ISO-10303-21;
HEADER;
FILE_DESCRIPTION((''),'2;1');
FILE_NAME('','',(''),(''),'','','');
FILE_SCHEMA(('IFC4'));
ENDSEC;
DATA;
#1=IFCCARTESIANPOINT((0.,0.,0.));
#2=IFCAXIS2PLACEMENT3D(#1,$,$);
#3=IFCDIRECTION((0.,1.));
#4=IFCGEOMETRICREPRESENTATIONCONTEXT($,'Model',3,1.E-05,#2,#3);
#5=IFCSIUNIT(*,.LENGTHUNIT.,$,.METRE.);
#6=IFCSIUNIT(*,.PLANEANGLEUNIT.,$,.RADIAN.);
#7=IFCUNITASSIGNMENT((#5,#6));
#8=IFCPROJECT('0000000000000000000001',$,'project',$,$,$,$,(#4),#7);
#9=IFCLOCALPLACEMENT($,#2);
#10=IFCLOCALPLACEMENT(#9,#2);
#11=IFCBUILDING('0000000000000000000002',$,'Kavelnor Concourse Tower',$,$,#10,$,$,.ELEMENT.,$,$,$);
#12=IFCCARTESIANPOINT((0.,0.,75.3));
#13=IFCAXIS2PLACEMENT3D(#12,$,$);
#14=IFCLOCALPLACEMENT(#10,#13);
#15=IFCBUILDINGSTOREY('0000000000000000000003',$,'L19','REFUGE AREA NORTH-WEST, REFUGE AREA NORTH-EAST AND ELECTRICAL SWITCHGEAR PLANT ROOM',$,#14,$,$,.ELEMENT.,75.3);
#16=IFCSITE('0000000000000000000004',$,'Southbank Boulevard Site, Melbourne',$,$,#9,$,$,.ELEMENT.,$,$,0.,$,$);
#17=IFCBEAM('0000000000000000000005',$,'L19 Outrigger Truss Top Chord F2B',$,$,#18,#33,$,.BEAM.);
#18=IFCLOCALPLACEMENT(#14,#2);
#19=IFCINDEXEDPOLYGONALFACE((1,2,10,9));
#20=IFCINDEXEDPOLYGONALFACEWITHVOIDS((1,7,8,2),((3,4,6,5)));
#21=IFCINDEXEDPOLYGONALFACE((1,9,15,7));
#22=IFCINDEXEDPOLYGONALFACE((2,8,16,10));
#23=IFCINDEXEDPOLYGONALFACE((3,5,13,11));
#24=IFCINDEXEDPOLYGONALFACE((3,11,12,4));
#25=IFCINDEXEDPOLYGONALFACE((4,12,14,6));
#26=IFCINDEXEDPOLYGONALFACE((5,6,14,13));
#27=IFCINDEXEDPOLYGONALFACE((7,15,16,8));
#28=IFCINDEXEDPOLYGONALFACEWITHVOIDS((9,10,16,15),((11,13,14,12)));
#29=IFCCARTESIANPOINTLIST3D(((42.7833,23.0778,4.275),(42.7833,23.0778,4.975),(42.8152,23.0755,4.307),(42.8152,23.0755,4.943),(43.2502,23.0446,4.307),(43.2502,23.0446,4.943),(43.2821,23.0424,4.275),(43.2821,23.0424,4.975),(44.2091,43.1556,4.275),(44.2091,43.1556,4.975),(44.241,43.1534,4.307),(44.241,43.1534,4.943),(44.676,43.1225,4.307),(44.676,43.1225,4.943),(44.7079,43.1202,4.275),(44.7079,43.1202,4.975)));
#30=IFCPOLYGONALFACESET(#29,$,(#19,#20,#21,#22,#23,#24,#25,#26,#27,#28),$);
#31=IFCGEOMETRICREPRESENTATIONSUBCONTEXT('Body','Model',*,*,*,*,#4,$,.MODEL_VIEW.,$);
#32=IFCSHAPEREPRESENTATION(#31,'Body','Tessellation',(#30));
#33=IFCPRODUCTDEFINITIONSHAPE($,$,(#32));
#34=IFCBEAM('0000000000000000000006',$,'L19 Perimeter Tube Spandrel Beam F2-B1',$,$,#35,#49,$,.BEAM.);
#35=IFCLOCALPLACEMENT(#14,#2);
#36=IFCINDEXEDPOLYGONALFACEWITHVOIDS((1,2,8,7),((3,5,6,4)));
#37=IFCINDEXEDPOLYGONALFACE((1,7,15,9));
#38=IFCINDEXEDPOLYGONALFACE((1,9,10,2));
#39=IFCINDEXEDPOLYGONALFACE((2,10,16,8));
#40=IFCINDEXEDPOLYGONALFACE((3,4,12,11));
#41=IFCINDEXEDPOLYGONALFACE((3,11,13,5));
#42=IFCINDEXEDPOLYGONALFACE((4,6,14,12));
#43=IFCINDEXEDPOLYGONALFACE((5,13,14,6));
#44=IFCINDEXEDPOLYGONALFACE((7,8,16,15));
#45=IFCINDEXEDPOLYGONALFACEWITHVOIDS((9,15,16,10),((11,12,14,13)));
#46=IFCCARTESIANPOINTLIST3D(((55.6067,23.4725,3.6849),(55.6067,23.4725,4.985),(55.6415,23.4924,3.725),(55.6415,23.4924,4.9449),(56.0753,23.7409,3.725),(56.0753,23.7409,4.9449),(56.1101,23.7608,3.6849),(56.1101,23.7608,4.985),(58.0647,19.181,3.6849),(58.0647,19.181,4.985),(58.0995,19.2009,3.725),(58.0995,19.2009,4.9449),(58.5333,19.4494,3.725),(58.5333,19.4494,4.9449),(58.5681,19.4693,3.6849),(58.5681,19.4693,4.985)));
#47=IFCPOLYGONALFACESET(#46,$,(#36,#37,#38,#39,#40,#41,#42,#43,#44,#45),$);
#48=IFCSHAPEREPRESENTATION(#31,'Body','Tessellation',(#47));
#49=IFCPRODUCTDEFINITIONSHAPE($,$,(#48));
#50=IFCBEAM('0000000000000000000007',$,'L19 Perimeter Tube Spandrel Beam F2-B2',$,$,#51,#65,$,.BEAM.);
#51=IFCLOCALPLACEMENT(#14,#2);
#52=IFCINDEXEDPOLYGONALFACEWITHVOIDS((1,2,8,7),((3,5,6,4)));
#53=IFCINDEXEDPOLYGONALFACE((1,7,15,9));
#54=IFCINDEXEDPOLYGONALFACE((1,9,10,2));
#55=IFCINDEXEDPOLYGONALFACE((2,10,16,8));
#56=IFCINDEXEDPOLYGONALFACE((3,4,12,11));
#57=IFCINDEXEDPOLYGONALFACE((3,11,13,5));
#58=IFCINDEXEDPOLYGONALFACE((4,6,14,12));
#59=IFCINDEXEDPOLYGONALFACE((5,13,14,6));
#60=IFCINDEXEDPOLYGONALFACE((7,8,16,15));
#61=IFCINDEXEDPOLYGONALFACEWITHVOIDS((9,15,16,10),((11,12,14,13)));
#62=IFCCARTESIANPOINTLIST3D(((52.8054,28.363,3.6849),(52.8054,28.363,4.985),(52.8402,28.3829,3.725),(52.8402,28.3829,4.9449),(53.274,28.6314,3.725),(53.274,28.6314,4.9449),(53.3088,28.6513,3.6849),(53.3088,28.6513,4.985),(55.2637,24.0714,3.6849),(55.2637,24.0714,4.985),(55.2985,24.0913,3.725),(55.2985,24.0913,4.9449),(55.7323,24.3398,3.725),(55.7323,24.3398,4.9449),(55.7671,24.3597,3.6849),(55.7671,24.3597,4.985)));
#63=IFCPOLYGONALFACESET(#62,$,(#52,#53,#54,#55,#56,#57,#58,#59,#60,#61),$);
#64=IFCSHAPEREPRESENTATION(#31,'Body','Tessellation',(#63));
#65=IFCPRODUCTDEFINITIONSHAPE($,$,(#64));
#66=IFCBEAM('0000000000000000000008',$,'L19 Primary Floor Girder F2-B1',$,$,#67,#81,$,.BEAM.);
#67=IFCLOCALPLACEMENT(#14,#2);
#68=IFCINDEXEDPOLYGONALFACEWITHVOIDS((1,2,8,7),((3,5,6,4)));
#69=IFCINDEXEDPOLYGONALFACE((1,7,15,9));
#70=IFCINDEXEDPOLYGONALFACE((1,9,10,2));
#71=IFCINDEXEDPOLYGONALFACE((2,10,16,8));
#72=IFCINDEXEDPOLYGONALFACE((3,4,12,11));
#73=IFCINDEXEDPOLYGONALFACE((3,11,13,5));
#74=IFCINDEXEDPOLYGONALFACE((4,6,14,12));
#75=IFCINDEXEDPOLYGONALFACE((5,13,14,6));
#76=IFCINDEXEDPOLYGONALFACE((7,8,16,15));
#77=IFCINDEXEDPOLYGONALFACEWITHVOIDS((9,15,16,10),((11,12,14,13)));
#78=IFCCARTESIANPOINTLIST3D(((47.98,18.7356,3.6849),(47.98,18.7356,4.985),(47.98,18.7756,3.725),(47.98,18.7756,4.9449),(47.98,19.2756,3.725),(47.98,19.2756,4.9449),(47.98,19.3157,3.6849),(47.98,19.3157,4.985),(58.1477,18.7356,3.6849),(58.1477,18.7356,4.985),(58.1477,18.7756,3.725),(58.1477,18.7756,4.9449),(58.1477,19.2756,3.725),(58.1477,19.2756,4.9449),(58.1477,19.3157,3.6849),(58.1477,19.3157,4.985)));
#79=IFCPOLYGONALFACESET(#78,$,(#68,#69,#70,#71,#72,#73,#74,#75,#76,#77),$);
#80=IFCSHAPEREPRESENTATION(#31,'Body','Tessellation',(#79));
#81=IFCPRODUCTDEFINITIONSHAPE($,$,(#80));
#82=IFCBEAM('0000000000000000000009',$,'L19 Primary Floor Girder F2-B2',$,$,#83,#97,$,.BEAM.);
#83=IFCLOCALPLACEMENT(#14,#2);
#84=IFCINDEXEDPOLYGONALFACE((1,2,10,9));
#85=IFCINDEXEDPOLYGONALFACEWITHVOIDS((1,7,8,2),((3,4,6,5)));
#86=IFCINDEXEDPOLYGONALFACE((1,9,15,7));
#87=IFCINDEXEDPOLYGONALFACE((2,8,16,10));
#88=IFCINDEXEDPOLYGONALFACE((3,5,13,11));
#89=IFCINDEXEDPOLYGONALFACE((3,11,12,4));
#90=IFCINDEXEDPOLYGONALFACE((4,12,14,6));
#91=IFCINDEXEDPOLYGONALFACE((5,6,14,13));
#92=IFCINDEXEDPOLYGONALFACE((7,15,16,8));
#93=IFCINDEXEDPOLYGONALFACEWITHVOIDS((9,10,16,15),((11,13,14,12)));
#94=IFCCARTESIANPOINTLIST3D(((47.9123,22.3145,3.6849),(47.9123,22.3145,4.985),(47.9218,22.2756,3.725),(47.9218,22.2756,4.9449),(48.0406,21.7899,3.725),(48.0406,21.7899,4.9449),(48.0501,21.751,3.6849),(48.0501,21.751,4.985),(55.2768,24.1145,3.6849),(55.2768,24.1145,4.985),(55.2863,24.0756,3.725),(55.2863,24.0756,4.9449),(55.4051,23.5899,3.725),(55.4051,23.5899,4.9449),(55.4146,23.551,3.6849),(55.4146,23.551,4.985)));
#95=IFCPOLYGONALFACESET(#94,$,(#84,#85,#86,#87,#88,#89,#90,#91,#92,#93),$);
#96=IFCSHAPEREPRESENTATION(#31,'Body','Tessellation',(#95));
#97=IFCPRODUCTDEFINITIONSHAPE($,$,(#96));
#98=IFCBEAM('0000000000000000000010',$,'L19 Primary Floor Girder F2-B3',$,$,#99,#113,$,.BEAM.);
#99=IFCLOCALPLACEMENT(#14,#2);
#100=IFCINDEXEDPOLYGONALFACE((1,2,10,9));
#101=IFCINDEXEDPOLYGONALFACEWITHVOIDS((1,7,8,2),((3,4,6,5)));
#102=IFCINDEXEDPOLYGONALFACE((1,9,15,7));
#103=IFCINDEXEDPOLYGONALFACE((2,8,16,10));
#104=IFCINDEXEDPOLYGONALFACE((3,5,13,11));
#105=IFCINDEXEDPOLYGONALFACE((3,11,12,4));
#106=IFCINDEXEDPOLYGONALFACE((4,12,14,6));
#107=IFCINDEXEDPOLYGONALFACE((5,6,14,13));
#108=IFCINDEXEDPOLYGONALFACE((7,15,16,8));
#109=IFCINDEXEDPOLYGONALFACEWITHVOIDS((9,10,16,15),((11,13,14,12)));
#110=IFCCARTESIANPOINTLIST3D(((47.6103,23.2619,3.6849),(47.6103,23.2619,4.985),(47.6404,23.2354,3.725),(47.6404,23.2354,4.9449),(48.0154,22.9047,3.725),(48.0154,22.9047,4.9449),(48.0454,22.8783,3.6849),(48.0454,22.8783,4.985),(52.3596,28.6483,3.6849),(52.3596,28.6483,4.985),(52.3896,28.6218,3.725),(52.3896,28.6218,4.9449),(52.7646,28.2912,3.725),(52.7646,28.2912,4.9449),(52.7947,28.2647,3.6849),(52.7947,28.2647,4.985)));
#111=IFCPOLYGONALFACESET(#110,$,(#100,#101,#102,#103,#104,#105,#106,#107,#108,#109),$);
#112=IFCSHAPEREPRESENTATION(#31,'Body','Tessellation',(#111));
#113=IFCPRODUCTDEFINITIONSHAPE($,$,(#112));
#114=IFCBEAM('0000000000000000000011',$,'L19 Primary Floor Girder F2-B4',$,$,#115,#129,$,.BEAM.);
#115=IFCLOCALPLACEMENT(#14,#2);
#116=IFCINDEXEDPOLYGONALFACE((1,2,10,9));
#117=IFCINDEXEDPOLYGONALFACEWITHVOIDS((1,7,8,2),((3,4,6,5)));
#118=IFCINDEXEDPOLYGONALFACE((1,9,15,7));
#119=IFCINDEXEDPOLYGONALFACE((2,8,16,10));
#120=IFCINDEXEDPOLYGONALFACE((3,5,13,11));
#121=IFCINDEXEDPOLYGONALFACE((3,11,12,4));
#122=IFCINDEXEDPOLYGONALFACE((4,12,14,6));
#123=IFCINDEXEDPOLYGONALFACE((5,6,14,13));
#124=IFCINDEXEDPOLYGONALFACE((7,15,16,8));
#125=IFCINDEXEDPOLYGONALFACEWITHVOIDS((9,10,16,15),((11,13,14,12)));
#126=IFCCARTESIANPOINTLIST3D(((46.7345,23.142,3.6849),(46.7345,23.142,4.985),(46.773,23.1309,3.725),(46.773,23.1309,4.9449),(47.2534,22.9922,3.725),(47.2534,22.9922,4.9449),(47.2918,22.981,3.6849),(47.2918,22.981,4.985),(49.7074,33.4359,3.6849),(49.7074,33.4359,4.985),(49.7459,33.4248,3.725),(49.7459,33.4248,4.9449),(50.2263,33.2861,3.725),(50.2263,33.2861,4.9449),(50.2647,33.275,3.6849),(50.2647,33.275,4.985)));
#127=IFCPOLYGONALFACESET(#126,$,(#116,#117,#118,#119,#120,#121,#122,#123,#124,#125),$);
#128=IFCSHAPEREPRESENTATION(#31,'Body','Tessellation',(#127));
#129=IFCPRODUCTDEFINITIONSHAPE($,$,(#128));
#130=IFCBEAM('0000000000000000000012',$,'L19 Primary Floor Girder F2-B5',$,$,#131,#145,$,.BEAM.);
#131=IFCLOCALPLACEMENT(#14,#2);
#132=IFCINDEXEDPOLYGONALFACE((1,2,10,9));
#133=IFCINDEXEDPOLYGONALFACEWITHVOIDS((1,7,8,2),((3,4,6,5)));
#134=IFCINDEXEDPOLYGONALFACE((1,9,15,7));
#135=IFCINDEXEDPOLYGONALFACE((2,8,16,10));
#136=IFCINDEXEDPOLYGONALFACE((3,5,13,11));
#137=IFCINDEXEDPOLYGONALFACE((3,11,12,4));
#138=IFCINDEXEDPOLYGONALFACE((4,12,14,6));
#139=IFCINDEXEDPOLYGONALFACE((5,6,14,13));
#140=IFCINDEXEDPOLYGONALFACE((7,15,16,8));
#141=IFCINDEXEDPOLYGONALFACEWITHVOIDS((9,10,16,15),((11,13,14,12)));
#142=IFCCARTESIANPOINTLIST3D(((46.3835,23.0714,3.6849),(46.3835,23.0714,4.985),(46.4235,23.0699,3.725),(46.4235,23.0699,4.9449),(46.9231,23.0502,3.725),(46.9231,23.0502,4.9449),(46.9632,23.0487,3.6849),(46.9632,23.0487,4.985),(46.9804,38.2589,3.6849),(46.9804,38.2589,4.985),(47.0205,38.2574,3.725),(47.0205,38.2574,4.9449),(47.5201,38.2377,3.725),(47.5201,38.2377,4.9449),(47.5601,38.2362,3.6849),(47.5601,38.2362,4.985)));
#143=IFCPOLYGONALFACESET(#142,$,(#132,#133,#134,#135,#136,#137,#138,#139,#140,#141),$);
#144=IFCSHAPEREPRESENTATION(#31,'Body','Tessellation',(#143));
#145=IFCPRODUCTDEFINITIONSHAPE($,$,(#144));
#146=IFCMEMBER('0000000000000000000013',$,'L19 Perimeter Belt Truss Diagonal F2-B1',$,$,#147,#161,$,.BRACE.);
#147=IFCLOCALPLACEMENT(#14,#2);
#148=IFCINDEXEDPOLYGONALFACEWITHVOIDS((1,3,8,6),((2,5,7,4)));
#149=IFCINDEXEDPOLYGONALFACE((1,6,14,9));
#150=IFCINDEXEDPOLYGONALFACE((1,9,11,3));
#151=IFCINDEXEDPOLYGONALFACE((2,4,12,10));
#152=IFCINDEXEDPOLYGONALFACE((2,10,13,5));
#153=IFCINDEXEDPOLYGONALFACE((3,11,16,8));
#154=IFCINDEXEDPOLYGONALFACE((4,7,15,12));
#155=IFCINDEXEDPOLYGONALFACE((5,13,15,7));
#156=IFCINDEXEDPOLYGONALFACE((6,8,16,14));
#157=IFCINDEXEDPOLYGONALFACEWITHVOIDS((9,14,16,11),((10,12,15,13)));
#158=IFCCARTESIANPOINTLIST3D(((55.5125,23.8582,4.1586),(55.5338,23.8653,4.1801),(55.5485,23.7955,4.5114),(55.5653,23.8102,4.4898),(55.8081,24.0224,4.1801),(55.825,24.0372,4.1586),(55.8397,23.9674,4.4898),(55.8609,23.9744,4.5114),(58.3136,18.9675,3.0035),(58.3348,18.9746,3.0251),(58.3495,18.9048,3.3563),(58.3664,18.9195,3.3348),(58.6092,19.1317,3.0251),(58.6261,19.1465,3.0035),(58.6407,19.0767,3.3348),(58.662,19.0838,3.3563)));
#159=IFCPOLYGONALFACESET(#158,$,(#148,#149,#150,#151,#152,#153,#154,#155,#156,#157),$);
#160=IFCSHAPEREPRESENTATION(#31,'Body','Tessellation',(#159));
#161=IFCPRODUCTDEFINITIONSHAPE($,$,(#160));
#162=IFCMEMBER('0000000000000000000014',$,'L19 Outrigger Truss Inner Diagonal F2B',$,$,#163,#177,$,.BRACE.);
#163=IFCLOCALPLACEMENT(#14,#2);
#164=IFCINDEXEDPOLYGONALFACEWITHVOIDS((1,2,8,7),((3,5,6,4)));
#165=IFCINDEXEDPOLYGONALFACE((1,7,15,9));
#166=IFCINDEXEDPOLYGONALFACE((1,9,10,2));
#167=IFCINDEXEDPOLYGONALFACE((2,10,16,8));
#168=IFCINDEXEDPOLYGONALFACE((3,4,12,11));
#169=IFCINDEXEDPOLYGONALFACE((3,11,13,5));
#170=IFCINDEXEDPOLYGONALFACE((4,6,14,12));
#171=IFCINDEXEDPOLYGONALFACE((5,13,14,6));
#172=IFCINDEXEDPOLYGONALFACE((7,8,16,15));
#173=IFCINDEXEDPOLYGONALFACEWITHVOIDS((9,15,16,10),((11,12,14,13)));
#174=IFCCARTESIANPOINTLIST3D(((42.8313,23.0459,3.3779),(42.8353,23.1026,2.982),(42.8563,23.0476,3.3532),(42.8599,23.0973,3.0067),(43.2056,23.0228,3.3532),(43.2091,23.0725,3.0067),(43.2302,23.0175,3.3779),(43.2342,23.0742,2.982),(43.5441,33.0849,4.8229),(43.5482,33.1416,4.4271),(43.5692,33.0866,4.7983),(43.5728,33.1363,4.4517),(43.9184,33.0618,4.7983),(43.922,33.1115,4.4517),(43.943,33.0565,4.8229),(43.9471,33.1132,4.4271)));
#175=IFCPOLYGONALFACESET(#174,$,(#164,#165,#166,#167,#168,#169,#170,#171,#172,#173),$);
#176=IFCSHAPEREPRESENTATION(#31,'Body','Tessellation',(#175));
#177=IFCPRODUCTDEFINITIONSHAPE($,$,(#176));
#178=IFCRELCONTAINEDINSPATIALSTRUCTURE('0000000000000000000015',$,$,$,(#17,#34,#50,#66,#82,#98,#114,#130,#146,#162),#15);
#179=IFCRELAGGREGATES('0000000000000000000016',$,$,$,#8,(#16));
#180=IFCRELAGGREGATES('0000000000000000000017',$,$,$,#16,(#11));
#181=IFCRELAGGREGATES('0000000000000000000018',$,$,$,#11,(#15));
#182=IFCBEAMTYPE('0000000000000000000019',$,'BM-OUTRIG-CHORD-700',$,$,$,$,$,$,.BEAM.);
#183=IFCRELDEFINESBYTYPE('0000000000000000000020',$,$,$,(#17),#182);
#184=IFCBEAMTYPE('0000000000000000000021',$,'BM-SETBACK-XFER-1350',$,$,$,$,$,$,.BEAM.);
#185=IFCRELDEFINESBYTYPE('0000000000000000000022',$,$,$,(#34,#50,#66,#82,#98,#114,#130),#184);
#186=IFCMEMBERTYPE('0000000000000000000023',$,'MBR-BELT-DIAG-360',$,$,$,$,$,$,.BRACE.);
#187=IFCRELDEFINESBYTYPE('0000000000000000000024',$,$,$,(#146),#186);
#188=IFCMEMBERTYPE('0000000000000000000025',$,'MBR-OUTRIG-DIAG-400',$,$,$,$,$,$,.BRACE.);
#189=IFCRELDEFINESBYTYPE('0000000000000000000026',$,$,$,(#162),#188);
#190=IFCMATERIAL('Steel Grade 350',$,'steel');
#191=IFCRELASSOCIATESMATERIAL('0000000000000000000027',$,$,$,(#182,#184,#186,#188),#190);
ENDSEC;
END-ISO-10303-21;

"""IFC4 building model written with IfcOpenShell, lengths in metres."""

from ifc_helpers import new_model, si_unit, direction, frame, origin, origin_2d, place, context, subcontext, project, spatial, hollow_rectangle, extrude, material, material_profile, profile_set, type_object, element, save


model = new_model("IFC4")

# Units and contexts
model_context = context("Model", 3, precision=1e-05, world=origin(), true_north=direction((0.0, 1.0)))
body_context = subcontext(model_context, "Body", "Model", "MODEL_VIEW")
ifc_project = project(units=[si_unit("LENGTHUNIT", "METRE"), si_unit("PLANEANGLEUNIT", "RADIAN")], contexts=[model_context])

# Site, building, storey
site_placement = place(None, origin())
site = spatial("IfcSite", under=ifc_project, at=site_placement, Name="Southbank Boulevard Site, Melbourne", CompositionType="ELEMENT", RefElevation=0.0)
building_placement = place(site_placement, origin())
building = spatial("IfcBuilding", under=site, at=building_placement, Name="Kavelnor Concourse Tower", CompositionType="ELEMENT")
storey_placement = place(building_placement, frame((0.0, 0.0, 75.3)))
storey = spatial("IfcBuildingStorey", under=building, at=storey_placement, Name="L19", Description="REFUGE AREA NORTH-WEST, REFUGE AREA NORTH-EAST AND ELECTRICAL SWITCHGEAR PLANT ROOM", CompositionType="ELEMENT", Elevation=75.3)

# Shared definitions
ifc_material_1 = material(Name="Steel Grade 350", Category="steel")

# Beams
ifc_material_profile_1 = material_profile(ifc_material_1, hollow_rectangle(XDim=0.5, YDim=0.7, WallThickness=0.032, at=origin_2d()), Name="RHS 700x500x32")
ifc_profile_set_1 = profile_set([ifc_material_profile_1], Name="Steel Grade 350")
beam_type_1 = type_object("IfcBeamType", Name="BM-OUTRIG-CHORD-700", PredefinedType="BEAM", material=ifc_profile_set_1)
for number, where, z_axis, x_axis, name in (
    (1, (43.0327, 23.0601, 4.625), (0.070834, 0.997488, 0.0), (-0.997488, 0.070834, 0.0), "L19 Outrigger Truss Top Chord F2B"),
):
    element("IfcBeam", number, at=place(storey_placement, frame(where, z_axis=z_axis, x_axis=x_axis)), inside=storey, type_object=beam_type_1, Name=name, PredefinedType="BEAM", context=body_context, shape_type="SweptSolid", body=[
        extrude(hollow_rectangle(XDim=0.5, YDim=0.7, WallThickness=0.032, at=origin_2d()), origin(), (0.0, 0.0, 1.0), 20.1284),
    ])
ifc_material_profile_2 = material_profile(ifc_material_1, hollow_rectangle(XDim=0.5801, YDim=1.3, WallThickness=0.04, at=origin_2d()), Name="RHS 1300x580x40")
ifc_profile_set_2 = profile_set([ifc_material_profile_2], Name="Steel Grade 350")
beam_type_2 = type_object("IfcBeamType", Name="BM-SETBACK-XFER-1350", PredefinedType="BEAM", material=ifc_profile_set_2)
beam_1_placement = place(storey_placement, frame((58.3164, 19.3252, 4.335), z_axis=(-0.497011, 0.867744, 0.0), x_axis=(-0.867744, -0.497011, 0.0)))
element("IfcBeam", 2, at=beam_1_placement, inside=storey, type_object=beam_type_2, Name="L19 Perimeter Tube Spandrel Beam F2-B1", PredefinedType="BEAM", context=body_context, shape_type="SweptSolid", body=[
    extrude(hollow_rectangle(XDim=0.5801, YDim=1.3, WallThickness=0.04, at=origin_2d()), origin(), (0.0, 0.0, 1.0), 4.9456),
])
beam_2_placement = place(storey_placement, frame((55.5154, 24.2156, 4.335), z_axis=(-0.497048, 0.867723, 0.0), x_axis=(-0.867723, -0.497048, 0.0)))
element("IfcBeam", 3, at=beam_2_placement, inside=storey, type_object=beam_type_2, Name="L19 Perimeter Tube Spandrel Beam F2-B2", PredefinedType="BEAM", context=body_context, shape_type="SweptSolid", body=[
    extrude(hollow_rectangle(XDim=0.5801, YDim=1.3, WallThickness=0.04, at=origin_2d()), origin(), (0.0, 0.0, 1.0), 4.9458),
])
beam_3_placement = place(storey_placement, frame((47.98, 19.0256, 4.335), z_axis=(1.0, 0.0, 0.0), x_axis=(0.0, 1.0, 0.0)))
element("IfcBeam", 4, at=beam_3_placement, inside=storey, type_object=beam_type_2, Name="L19 Primary Floor Girder F2-B1", PredefinedType="BEAM", context=body_context, shape_type="SweptSolid", body=[
    extrude(hollow_rectangle(XDim=0.5801, YDim=1.3, WallThickness=0.04, at=origin_2d()), origin(), (0.0, 0.0, 1.0), 10.1677),
])
beam_4_placement = place(storey_placement, frame((47.9812, 22.0327, 4.335), z_axis=(0.971404, 0.237433, 0.0), x_axis=(-0.237433, 0.971404, 0.0)))
element("IfcBeam", 5, at=beam_4_placement, inside=storey, type_object=beam_type_2, Name="L19 Primary Floor Girder F2-B2", PredefinedType="BEAM", context=body_context, shape_type="SweptSolid", body=[
    extrude(hollow_rectangle(XDim=0.5801, YDim=1.3, WallThickness=0.04, at=origin_2d()), origin(), (0.0, 0.0, 1.0), 7.5813),
])
beam_5_placement = place(storey_placement, frame((47.8279, 23.0701, 4.335), z_axis=(0.661347, 0.75008, 0.0), x_axis=(-0.75008, 0.661347, 0.0)))
element("IfcBeam", 6, at=beam_5_placement, inside=storey, type_object=beam_type_2, Name="L19 Primary Floor Girder F2-B3", PredefinedType="BEAM", context=body_context, shape_type="SweptSolid", body=[
    extrude(hollow_rectangle(XDim=0.5801, YDim=1.3, WallThickness=0.04, at=origin_2d()), origin(), (0.0, 0.0, 1.0), 7.1812),
])
beam_6_placement = place(storey_placement, frame((47.0132, 23.0615, 4.335), z_axis=(0.277462, 0.960737, 0.0), x_axis=(-0.960737, 0.277462, 0.0)))
element("IfcBeam", 7, at=beam_6_placement, inside=storey, type_object=beam_type_2, Name="L19 Primary Floor Girder F2-B4", PredefinedType="BEAM", context=body_context, shape_type="SweptSolid", body=[
    extrude(hollow_rectangle(XDim=0.5801, YDim=1.3, WallThickness=0.04, at=origin_2d()), origin(), (0.0, 0.0, 1.0), 10.7146),
])
beam_7_placement = place(storey_placement, frame((46.6733, 23.0601, 4.335), z_axis=(0.039273, 0.999229, 0.0), x_axis=(-0.999229, 0.039273, 0.0)))
element("IfcBeam", 8, at=beam_7_placement, inside=storey, type_object=beam_type_2, Name="L19 Primary Floor Girder F2-B5", PredefinedType="BEAM", context=body_context, shape_type="SweptSolid", body=[
    extrude(hollow_rectangle(XDim=0.5801, YDim=1.3, WallThickness=0.04, at=origin_2d()), origin(), (0.0, 0.0, 1.0), 15.1992),
])

# Members
ifc_material_profile_3 = material_profile(ifc_material_1, hollow_rectangle(XDim=0.3601, YDim=0.3601, WallThickness=0.022, at=origin_2d()), Name="SHS 360x360x22")
ifc_profile_set_3 = profile_set([ifc_material_profile_3], Name="Steel Grade 350")
member_type_1 = type_object("IfcMemberType", Name="MBR-BELT-DIAG-360", PredefinedType="BRACE", material=ifc_profile_set_3)
member_1_placement = place(storey_placement, frame((58.4878, 19.0256, 3.1799), z_axis=(-0.486873, 0.850087, 0.200767), x_axis=(-0.867755, -0.496992, 0.0)))
element("IfcMember", 9, at=member_1_placement, inside=storey, type_object=member_type_1, Name="L19 Perimeter Belt Truss Diagonal F2-B1", PredefinedType="BRACE", context=body_context, shape_type="SweptSolid", body=[
    extrude(hollow_rectangle(XDim=0.3601, YDim=0.3601, WallThickness=0.022, at=origin_2d()), origin(), (0.0, 0.0, 1.0), 5.7532),
])
ifc_material_profile_4 = material_profile(ifc_material_1, hollow_rectangle(XDim=0.3999, YDim=0.3999, WallThickness=0.0249, at=origin_2d()), Name="SHS 400x400x25")
ifc_profile_set_4 = profile_set([ifc_material_profile_4], Name="Steel Grade 350")
member_type_2 = type_object("IfcMemberType", Name="MBR-OUTRIG-DIAG-400", PredefinedType="BRACE", material=ifc_profile_set_4)
member_2_placement = place(storey_placement, frame((43.0327, 23.0601, 3.1799), z_axis=(0.070114, 0.987362, 0.142125), x_axis=(-0.997488, 0.070833, 0.0)))
element("IfcMember", 10, at=member_2_placement, inside=storey, type_object=member_type_2, Name="L19 Outrigger Truss Inner Diagonal F2B", PredefinedType="BRACE", context=body_context, shape_type="SweptSolid", body=[
    extrude(hollow_rectangle(XDim=0.3999, YDim=0.3999, WallThickness=0.0249, at=origin_2d()), origin(), (0.0, 0.0, 1.0), 10.1675),
])

save(model, "model.ifc")
